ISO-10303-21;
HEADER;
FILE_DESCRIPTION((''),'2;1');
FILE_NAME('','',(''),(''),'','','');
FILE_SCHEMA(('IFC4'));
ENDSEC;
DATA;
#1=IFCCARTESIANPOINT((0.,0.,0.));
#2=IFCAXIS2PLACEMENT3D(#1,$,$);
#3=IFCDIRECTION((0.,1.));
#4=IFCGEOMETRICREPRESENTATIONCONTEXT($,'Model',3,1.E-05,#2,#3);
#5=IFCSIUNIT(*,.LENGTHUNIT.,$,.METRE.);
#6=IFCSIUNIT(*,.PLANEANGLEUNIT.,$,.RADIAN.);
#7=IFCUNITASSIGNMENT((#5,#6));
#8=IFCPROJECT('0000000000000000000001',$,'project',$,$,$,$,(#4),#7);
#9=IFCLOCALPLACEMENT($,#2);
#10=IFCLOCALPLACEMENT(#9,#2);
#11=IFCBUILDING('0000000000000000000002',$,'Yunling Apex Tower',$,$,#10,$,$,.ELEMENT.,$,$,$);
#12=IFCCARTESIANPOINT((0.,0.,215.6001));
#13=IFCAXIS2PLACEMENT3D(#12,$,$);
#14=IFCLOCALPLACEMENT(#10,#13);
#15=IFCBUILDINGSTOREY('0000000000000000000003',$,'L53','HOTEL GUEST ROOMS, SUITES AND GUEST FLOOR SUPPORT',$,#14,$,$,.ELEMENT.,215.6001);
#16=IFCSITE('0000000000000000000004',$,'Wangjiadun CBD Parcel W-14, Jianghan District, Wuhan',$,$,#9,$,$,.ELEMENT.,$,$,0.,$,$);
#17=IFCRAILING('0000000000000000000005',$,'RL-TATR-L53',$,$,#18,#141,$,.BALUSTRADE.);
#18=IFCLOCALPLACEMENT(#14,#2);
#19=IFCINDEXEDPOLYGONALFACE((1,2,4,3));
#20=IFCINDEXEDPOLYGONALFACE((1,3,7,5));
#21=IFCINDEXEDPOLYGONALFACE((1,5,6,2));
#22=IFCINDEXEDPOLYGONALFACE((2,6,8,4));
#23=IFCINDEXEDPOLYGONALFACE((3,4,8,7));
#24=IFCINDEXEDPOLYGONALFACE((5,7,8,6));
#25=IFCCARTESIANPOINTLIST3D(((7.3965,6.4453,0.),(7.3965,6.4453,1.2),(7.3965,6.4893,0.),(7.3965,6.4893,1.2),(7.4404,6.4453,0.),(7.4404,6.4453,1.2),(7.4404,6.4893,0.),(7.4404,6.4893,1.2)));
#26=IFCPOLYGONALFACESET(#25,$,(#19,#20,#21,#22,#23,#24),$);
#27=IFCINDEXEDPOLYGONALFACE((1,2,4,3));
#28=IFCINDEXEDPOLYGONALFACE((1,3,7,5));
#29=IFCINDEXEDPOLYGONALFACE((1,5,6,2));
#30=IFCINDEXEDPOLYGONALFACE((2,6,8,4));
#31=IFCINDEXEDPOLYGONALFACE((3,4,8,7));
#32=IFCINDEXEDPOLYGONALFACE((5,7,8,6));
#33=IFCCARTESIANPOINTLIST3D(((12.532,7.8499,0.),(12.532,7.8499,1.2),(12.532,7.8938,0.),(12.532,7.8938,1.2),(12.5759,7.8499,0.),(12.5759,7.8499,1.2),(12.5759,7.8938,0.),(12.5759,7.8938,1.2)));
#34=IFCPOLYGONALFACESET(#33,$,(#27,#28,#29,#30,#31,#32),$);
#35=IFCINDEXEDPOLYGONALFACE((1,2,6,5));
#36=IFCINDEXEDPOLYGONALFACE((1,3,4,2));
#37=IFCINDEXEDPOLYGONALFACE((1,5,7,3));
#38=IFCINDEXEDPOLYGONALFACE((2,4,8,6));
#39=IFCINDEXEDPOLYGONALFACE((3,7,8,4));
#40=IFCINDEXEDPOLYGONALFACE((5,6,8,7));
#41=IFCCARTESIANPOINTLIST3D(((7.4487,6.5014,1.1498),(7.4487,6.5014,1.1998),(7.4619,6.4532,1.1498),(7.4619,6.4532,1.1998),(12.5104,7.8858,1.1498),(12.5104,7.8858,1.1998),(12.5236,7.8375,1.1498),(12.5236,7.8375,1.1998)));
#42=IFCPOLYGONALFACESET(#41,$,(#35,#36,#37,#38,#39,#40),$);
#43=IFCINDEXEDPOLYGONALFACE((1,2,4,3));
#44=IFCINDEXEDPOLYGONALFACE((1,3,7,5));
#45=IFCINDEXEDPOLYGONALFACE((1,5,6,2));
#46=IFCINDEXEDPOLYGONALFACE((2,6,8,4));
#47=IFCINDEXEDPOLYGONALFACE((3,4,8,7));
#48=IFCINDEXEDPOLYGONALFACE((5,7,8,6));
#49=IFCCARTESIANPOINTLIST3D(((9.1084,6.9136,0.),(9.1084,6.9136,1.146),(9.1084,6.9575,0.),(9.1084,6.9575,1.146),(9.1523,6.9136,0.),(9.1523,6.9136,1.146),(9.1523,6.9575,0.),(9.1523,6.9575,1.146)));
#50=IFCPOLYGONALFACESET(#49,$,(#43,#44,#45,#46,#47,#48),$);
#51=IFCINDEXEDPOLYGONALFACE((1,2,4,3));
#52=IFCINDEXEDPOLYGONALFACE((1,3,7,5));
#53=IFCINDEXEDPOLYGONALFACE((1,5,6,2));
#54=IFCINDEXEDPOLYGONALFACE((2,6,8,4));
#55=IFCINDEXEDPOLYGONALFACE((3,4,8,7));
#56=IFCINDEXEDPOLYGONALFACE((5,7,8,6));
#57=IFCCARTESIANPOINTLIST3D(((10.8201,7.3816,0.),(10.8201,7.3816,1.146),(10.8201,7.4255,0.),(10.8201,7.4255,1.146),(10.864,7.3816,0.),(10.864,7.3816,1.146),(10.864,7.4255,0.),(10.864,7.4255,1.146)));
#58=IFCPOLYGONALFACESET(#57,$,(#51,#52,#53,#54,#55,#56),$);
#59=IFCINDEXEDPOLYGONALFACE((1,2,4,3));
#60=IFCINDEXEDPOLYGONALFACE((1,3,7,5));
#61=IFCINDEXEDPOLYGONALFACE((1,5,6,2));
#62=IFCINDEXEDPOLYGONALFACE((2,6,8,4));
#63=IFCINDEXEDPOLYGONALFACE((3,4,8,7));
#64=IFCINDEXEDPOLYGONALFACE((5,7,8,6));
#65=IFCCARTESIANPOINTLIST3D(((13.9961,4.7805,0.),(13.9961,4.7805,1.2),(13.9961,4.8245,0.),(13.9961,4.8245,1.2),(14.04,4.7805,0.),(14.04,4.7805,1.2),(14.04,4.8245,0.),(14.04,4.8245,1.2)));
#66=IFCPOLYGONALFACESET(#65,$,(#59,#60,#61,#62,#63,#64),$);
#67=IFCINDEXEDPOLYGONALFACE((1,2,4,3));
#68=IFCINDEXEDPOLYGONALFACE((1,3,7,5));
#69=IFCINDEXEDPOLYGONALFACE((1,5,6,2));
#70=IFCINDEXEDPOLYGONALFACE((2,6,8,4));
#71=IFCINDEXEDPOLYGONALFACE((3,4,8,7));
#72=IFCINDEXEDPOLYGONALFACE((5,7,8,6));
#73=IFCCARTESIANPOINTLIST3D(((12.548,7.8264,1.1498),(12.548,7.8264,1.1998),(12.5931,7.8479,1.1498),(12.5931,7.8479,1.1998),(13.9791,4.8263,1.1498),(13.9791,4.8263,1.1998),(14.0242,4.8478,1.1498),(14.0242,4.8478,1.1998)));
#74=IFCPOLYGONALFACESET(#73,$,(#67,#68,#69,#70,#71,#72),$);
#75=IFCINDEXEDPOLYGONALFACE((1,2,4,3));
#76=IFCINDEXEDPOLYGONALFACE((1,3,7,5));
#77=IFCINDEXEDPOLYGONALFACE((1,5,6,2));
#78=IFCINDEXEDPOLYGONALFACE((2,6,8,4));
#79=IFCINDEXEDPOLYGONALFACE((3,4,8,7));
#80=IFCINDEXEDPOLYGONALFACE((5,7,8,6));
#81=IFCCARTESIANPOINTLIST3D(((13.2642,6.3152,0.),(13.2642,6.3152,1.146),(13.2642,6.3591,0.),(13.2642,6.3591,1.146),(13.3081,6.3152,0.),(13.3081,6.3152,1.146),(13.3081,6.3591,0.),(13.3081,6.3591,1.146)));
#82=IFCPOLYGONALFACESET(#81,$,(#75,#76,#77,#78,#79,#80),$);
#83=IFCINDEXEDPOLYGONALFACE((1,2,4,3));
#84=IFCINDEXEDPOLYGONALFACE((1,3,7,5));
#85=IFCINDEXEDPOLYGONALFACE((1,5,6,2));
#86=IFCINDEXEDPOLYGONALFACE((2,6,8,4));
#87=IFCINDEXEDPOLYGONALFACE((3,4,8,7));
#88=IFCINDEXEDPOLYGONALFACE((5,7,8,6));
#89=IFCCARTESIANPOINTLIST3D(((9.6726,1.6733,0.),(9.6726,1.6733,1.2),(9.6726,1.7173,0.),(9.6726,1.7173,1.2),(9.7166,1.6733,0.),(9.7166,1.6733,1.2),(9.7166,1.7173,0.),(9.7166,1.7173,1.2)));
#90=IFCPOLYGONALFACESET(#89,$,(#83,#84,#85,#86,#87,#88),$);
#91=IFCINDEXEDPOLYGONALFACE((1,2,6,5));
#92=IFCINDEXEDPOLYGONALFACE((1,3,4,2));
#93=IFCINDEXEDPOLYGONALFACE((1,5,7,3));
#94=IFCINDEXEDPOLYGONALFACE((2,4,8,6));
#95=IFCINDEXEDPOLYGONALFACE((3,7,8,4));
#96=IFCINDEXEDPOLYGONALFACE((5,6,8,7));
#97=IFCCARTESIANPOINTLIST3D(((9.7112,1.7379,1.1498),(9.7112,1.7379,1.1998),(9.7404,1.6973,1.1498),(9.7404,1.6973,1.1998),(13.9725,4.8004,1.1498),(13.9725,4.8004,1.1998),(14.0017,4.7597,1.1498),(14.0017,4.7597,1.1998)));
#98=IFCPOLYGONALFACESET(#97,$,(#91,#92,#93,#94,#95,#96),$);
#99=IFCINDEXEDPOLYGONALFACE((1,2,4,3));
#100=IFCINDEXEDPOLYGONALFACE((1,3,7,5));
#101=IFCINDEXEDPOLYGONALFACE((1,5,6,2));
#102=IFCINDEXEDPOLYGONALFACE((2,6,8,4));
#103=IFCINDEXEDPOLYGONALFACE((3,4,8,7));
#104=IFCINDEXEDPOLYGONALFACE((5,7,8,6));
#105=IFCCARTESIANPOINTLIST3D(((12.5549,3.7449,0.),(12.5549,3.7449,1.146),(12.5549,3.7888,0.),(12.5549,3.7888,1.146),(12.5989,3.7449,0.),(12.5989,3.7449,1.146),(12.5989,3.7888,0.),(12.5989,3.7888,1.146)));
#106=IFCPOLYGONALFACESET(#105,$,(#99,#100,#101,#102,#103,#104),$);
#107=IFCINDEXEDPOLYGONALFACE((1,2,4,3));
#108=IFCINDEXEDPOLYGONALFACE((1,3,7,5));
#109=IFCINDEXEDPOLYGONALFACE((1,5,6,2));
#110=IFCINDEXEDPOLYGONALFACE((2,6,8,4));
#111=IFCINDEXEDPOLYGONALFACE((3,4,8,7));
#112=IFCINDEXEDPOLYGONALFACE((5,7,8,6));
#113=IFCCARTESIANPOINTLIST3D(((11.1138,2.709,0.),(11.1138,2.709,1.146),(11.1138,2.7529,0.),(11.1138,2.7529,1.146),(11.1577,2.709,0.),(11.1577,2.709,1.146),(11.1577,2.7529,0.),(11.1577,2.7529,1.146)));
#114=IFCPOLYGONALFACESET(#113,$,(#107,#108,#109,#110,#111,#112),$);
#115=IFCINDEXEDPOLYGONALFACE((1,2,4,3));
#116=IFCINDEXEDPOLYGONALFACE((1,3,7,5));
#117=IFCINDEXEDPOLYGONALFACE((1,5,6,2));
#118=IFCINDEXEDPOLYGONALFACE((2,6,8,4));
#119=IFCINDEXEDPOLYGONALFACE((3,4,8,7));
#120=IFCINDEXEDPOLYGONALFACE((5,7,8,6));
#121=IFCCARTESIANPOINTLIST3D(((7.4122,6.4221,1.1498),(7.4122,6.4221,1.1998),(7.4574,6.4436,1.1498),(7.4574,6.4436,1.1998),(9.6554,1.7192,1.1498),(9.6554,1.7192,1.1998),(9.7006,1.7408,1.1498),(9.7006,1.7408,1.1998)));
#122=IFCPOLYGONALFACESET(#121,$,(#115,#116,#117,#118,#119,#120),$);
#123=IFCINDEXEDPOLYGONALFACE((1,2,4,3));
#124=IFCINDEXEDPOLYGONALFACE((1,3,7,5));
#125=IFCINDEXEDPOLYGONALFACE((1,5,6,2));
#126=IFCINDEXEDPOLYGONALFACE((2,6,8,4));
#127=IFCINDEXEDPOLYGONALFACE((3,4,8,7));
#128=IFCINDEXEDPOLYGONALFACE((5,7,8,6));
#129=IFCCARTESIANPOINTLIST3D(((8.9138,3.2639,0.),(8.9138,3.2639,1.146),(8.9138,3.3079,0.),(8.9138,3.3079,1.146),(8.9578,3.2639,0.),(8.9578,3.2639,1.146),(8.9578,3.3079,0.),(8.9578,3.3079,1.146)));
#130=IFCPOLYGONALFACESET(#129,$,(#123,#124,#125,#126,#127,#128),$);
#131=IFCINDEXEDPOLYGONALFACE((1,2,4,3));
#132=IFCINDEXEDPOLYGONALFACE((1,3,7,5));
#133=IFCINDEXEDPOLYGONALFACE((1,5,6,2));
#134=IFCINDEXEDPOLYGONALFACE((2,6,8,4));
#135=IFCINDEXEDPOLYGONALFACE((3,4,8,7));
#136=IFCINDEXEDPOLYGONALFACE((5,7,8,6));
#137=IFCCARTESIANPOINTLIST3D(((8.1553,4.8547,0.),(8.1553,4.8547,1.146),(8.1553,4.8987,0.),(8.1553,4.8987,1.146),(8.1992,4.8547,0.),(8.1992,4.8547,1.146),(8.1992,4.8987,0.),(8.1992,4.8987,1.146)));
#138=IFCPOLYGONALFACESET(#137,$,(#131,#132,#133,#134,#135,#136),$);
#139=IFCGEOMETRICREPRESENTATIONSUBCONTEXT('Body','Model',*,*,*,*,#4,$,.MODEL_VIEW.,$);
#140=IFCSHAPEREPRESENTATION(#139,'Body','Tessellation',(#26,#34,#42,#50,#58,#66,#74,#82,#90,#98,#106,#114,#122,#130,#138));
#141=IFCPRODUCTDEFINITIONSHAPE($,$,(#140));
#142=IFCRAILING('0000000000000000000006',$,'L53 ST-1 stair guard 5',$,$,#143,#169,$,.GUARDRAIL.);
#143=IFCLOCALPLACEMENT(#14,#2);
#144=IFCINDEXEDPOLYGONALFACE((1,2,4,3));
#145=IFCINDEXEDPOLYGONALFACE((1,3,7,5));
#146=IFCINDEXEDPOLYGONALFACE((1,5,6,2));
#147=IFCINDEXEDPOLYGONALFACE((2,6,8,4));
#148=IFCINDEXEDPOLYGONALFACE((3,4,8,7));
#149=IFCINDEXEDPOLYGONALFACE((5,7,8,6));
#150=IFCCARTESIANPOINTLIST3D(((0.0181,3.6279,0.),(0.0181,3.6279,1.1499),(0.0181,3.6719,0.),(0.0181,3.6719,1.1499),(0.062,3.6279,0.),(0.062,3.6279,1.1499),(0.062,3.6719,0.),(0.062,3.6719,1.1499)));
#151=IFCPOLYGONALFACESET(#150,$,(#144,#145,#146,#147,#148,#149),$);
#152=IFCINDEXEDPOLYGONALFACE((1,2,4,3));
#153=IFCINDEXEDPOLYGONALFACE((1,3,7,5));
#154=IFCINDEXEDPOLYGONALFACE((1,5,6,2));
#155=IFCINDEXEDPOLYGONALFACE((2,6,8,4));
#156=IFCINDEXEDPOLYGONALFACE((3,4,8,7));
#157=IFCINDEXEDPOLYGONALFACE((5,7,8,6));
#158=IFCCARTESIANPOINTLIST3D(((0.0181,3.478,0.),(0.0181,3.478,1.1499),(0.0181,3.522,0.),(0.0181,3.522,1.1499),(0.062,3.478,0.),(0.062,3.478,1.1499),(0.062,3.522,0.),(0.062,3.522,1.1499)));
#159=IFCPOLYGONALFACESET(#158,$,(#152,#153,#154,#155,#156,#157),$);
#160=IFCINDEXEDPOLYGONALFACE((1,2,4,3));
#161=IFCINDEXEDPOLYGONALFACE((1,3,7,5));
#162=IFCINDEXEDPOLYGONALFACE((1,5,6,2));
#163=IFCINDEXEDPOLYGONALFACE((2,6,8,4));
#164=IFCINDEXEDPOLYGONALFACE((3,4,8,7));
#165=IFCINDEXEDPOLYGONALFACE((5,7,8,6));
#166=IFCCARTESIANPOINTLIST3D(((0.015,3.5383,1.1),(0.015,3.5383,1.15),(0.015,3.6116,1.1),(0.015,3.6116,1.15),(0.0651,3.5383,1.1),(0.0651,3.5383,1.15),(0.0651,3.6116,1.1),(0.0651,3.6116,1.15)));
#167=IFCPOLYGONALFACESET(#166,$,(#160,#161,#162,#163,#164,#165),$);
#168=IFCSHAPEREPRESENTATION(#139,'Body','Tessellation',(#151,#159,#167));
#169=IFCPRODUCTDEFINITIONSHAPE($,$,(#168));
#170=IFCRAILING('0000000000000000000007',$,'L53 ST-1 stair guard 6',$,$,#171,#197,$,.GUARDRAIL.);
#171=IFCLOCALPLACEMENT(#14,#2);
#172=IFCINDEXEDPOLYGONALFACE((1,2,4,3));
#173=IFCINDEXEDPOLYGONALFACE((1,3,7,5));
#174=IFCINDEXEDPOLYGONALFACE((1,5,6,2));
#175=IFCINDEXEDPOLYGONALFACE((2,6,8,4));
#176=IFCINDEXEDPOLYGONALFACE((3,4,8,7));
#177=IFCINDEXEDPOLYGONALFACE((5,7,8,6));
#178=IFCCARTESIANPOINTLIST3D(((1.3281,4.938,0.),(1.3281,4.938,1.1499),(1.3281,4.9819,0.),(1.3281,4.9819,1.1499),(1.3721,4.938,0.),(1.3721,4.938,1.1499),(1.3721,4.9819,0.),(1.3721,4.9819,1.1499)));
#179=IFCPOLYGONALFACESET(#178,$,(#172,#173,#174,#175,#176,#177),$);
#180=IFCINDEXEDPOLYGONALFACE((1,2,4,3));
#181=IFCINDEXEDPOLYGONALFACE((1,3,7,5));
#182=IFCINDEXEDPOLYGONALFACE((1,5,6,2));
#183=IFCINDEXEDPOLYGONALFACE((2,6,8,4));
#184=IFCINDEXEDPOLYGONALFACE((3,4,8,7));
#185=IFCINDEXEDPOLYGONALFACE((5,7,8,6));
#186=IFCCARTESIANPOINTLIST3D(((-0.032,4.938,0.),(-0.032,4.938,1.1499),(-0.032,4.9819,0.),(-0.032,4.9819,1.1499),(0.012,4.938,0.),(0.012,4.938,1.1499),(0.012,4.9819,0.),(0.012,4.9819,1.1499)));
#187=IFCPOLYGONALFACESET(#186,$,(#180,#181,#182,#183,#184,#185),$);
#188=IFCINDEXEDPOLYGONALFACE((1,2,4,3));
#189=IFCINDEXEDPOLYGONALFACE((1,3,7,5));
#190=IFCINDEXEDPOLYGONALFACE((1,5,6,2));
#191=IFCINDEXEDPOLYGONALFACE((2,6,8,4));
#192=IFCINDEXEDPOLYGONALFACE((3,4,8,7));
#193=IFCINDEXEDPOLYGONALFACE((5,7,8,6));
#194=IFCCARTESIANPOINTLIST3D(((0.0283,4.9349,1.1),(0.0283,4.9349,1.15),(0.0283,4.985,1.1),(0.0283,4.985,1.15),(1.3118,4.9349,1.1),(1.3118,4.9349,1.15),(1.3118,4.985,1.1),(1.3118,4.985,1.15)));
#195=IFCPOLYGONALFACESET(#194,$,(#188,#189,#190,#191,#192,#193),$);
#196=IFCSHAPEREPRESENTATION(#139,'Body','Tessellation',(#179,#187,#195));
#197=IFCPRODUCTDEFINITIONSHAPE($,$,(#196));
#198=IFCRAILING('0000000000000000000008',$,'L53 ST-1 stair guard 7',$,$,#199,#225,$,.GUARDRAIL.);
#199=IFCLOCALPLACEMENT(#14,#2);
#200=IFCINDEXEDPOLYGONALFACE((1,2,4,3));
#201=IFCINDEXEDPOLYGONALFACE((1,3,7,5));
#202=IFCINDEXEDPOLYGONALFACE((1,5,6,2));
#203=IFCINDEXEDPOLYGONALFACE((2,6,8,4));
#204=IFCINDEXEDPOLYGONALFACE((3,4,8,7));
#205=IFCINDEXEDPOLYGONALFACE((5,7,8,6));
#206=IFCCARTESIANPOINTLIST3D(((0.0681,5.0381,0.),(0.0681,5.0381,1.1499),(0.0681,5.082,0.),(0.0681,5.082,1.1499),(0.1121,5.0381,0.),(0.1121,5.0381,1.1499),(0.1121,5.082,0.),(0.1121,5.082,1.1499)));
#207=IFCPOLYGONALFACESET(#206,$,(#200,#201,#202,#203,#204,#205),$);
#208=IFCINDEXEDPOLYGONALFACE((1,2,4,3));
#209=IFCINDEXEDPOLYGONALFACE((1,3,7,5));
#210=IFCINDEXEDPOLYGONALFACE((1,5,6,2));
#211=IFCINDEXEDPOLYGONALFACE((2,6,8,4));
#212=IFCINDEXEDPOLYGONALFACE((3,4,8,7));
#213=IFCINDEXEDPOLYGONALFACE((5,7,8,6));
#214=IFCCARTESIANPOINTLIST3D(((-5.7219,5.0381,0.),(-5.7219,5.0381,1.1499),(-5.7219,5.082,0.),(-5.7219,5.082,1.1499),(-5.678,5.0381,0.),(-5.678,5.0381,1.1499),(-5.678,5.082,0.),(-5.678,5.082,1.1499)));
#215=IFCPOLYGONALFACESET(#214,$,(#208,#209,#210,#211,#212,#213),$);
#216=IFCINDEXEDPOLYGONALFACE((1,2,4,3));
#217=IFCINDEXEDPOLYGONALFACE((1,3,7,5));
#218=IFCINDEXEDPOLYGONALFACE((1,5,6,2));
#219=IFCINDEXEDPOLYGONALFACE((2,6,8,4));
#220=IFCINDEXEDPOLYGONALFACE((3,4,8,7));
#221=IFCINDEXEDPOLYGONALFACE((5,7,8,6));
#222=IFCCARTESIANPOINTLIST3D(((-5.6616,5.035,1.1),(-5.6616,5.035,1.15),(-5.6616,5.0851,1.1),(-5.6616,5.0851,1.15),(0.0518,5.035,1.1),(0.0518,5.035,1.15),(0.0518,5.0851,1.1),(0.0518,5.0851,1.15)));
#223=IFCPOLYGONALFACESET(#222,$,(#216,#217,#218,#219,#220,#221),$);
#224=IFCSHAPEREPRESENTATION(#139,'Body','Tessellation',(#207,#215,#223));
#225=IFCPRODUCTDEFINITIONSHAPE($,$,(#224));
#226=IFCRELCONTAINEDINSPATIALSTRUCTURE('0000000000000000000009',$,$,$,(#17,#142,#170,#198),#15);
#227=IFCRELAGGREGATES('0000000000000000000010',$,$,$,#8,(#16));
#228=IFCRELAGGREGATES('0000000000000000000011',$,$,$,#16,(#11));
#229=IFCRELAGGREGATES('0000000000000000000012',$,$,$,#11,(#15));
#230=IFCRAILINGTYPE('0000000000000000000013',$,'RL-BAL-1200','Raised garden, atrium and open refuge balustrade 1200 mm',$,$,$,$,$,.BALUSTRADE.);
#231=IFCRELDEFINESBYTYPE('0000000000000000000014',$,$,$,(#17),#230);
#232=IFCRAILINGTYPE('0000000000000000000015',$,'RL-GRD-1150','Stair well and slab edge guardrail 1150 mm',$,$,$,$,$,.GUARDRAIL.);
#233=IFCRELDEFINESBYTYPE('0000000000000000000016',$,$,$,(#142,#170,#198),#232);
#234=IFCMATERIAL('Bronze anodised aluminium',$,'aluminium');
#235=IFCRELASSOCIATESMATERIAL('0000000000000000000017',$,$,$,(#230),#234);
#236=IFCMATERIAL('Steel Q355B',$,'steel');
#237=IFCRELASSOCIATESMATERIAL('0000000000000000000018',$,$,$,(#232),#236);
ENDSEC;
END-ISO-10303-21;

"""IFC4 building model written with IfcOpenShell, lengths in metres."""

from ifc_helpers import new_model, si_unit, direction, frame, origin, origin_2d, place, context, subcontext, project, spatial, rectangle, extrude, material, type_object, element, save


model = new_model("IFC4")

# Units and contexts
model_context = context("Model", 3, precision=1e-05, world=origin(), true_north=direction((0.0, 1.0)))
body_context = subcontext(model_context, "Body", "Model", "MODEL_VIEW")
ifc_project = project(units=[si_unit("LENGTHUNIT", "METRE"), si_unit("PLANEANGLEUNIT", "RADIAN")], contexts=[model_context])

# Site, building, storey
site_placement = place(None, origin())
site = spatial("IfcSite", under=ifc_project, at=site_placement, Name="Wangjiadun CBD Parcel W-14, Jianghan District, Wuhan", CompositionType="ELEMENT", RefElevation=0.0)
building_placement = place(site_placement, origin())
building = spatial("IfcBuilding", under=site, at=building_placement, Name="Yunling Apex Tower", CompositionType="ELEMENT")
storey_placement = place(building_placement, frame((0.0, 0.0, 215.6001)))
storey = spatial("IfcBuildingStorey", under=building, at=storey_placement, Name="L53", Description="HOTEL GUEST ROOMS, SUITES AND GUEST FLOOR SUPPORT", CompositionType="ELEMENT", Elevation=215.6001)

# Shared definitions
ifc_material_1 = material(Name="Steel Q355B", Category="steel")

# Shared definitions
ifc_material_2 = material(Name="Bronze anodised aluminium", Category="aluminium")

# Railings
railing_type_1 = type_object("IfcRailingType", Name="RL-BAL-1200", Description="Raised garden, atrium and open refuge balustrade 1200 mm", PredefinedType="BALUSTRADE", material=ifc_material_2)
railing_1_placement = place(storey_placement, frame((7.4185, 6.4673, 0.0)))
element("IfcRailing", 1, at=railing_1_placement, inside=storey, type_object=railing_type_1, Name="RL-TATR-L53", PredefinedType="BALUSTRADE", context=body_context, shape_type="SweptSolid", body=[
    extrude(rectangle(XDim=0.0439, YDim=0.0439, at=origin_2d()), origin(), (0.0, 0.0, 1.0), 1.2),
    extrude(rectangle(XDim=0.0439, YDim=0.0439, at=origin_2d()), frame((5.1355, 1.4045, 0.0)), (0.0, 0.0, 1.0), 1.2),
    extrude(rectangle(XDim=0.05, YDim=0.05, at=origin_2d()), frame((0.0369, 0.01, 1.1748), z_axis=(0.964575, 0.263808, 0.0), x_axis=(-0.263808, 0.964575, 0.0)), (0.0, 0.0, 1.0), 5.2476),
    extrude(rectangle(XDim=0.0439, YDim=0.0439, at=origin_2d()), frame((1.7119, 0.4683, 0.0)), (0.0, 0.0, 1.0), 1.146),
    extrude(rectangle(XDim=0.0439, YDim=0.0439, at=origin_2d()), frame((3.4236, 0.9363, 0.0)), (0.0, 0.0, 1.0), 1.146),
    extrude(rectangle(XDim=0.0439, YDim=0.0439, at=origin_2d()), frame((6.5996, -1.6648, 0.0)), (0.0, 0.0, 1.0), 1.2),
    extrude(rectangle(XDim=0.05, YDim=0.05, at=origin_2d()), frame((5.1521, 1.3699, 1.1748), z_axis=(0.430538, -0.902572, 0.0), x_axis=(0.902572, 0.430538, 0.0)), (0.0, 0.0, 1.0), 3.324),
    extrude(rectangle(XDim=0.0439, YDim=0.0439, at=origin_2d()), frame((5.8677, -0.1301, 0.0)), (0.0, 0.0, 1.0), 1.146),
    extrude(rectangle(XDim=0.0439, YDim=0.0439, at=origin_2d()), frame((2.2761, -4.772, 0.0)), (0.0, 0.0, 1.0), 1.2),
    extrude(rectangle(XDim=0.05, YDim=0.05, at=origin_2d()), frame((6.5686, -1.6873, 1.1748), z_axis=(-0.812045, -0.583595, 0.0), x_axis=(0.583595, -0.812045, 0.0)), (0.0, 0.0, 1.0), 5.2476),
    extrude(rectangle(XDim=0.0439, YDim=0.0439, at=origin_2d()), frame((5.1584, -2.7004, 0.0)), (0.0, 0.0, 1.0), 1.146),
    extrude(rectangle(XDim=0.0439, YDim=0.0439, at=origin_2d()), frame((3.7173, -3.7363, 0.0)), (0.0, 0.0, 1.0), 1.146),
    extrude(rectangle(XDim=0.05, YDim=0.05, at=origin_2d()), frame((2.2595, -4.7373, 1.1748), z_axis=(-0.430512, 0.902585, 0.0), x_axis=(-0.902585, -0.430512, 0.0)), (0.0, 0.0, 1.0), 5.2104),
    extrude(rectangle(XDim=0.0439, YDim=0.0439, at=origin_2d()), frame((1.5173, -3.1814, 0.0)), (0.0, 0.0, 1.0), 1.146),
    extrude(rectangle(XDim=0.0439, YDim=0.0439, at=origin_2d()), frame((0.7588, -1.5906, 0.0)), (0.0, 0.0, 1.0), 1.146),
])
railing_type_2 = type_object("IfcRailingType", Name="RL-GRD-1150", Description="Stair well and slab edge guardrail 1150 mm", PredefinedType="GUARDRAIL", material=ifc_material_1)
railing_2_placement = place(storey_placement, frame((0.04, 3.6499, 0.0)))
element("IfcRailing", 2, at=railing_2_placement, inside=storey, type_object=railing_type_2, Name="L53 ST-1 stair guard 5", PredefinedType="GUARDRAIL", context=body_context, shape_type="SweptSolid", body=[
    extrude(rectangle(XDim=0.0439, YDim=0.0439, at=origin_2d()), origin(), (0.0, 0.0, 1.0), 1.1499),
    extrude(rectangle(XDim=0.0439, YDim=0.0439, at=origin_2d()), frame((0.0, -0.1499, 0.0)), (0.0, 0.0, 1.0), 1.1499),
    extrude(rectangle(XDim=0.05, YDim=0.05, at=origin_2d()), frame((0.0, -0.0383, 1.125), z_axis=(0.0, -1.0, 0.0), x_axis=(1.0, 0.0, 0.0)), (0.0, 0.0, 1.0), 0.0732),
])
railing_3_placement = place(storey_placement, frame((1.3501, 4.96, 0.0)))
element("IfcRailing", 3, at=railing_3_placement, inside=storey, type_object=railing_type_2, Name="L53 ST-1 stair guard 6", PredefinedType="GUARDRAIL", context=body_context, shape_type="SweptSolid", body=[
    extrude(rectangle(XDim=0.0439, YDim=0.0439, at=origin_2d()), origin(), (0.0, 0.0, 1.0), 1.1499),
    extrude(rectangle(XDim=0.0439, YDim=0.0439, at=origin_2d()), frame((-1.3601, 0.0, 0.0)), (0.0, 0.0, 1.0), 1.1499),
    extrude(rectangle(XDim=0.05, YDim=0.05, at=origin_2d()), frame((-0.0383, 0.0, 1.125), z_axis=(-1.0, 0.0, 0.0), x_axis=(0.0, -1.0, 0.0)), (0.0, 0.0, 1.0), 1.2834),
])
railing_4_placement = place(storey_placement, frame((0.0901, 5.0601, 0.0)))
element("IfcRailing", 4, at=railing_4_placement, inside=storey, type_object=railing_type_2, Name="L53 ST-1 stair guard 7", PredefinedType="GUARDRAIL", context=body_context, shape_type="SweptSolid", body=[
    extrude(rectangle(XDim=0.0439, YDim=0.0439, at=origin_2d()), origin(), (0.0, 0.0, 1.0), 1.1499),
    extrude(rectangle(XDim=0.0439, YDim=0.0439, at=origin_2d()), frame((-5.79, 0.0, 0.0)), (0.0, 0.0, 1.0), 1.1499),
    extrude(rectangle(XDim=0.05, YDim=0.05, at=origin_2d()), frame((-0.0383, 0.0, 1.125), z_axis=(-1.0, 0.0, 0.0), x_axis=(0.0, -1.0, 0.0)), (0.0, 0.0, 1.0), 5.7134),
])

save(model, "model.ifc")
